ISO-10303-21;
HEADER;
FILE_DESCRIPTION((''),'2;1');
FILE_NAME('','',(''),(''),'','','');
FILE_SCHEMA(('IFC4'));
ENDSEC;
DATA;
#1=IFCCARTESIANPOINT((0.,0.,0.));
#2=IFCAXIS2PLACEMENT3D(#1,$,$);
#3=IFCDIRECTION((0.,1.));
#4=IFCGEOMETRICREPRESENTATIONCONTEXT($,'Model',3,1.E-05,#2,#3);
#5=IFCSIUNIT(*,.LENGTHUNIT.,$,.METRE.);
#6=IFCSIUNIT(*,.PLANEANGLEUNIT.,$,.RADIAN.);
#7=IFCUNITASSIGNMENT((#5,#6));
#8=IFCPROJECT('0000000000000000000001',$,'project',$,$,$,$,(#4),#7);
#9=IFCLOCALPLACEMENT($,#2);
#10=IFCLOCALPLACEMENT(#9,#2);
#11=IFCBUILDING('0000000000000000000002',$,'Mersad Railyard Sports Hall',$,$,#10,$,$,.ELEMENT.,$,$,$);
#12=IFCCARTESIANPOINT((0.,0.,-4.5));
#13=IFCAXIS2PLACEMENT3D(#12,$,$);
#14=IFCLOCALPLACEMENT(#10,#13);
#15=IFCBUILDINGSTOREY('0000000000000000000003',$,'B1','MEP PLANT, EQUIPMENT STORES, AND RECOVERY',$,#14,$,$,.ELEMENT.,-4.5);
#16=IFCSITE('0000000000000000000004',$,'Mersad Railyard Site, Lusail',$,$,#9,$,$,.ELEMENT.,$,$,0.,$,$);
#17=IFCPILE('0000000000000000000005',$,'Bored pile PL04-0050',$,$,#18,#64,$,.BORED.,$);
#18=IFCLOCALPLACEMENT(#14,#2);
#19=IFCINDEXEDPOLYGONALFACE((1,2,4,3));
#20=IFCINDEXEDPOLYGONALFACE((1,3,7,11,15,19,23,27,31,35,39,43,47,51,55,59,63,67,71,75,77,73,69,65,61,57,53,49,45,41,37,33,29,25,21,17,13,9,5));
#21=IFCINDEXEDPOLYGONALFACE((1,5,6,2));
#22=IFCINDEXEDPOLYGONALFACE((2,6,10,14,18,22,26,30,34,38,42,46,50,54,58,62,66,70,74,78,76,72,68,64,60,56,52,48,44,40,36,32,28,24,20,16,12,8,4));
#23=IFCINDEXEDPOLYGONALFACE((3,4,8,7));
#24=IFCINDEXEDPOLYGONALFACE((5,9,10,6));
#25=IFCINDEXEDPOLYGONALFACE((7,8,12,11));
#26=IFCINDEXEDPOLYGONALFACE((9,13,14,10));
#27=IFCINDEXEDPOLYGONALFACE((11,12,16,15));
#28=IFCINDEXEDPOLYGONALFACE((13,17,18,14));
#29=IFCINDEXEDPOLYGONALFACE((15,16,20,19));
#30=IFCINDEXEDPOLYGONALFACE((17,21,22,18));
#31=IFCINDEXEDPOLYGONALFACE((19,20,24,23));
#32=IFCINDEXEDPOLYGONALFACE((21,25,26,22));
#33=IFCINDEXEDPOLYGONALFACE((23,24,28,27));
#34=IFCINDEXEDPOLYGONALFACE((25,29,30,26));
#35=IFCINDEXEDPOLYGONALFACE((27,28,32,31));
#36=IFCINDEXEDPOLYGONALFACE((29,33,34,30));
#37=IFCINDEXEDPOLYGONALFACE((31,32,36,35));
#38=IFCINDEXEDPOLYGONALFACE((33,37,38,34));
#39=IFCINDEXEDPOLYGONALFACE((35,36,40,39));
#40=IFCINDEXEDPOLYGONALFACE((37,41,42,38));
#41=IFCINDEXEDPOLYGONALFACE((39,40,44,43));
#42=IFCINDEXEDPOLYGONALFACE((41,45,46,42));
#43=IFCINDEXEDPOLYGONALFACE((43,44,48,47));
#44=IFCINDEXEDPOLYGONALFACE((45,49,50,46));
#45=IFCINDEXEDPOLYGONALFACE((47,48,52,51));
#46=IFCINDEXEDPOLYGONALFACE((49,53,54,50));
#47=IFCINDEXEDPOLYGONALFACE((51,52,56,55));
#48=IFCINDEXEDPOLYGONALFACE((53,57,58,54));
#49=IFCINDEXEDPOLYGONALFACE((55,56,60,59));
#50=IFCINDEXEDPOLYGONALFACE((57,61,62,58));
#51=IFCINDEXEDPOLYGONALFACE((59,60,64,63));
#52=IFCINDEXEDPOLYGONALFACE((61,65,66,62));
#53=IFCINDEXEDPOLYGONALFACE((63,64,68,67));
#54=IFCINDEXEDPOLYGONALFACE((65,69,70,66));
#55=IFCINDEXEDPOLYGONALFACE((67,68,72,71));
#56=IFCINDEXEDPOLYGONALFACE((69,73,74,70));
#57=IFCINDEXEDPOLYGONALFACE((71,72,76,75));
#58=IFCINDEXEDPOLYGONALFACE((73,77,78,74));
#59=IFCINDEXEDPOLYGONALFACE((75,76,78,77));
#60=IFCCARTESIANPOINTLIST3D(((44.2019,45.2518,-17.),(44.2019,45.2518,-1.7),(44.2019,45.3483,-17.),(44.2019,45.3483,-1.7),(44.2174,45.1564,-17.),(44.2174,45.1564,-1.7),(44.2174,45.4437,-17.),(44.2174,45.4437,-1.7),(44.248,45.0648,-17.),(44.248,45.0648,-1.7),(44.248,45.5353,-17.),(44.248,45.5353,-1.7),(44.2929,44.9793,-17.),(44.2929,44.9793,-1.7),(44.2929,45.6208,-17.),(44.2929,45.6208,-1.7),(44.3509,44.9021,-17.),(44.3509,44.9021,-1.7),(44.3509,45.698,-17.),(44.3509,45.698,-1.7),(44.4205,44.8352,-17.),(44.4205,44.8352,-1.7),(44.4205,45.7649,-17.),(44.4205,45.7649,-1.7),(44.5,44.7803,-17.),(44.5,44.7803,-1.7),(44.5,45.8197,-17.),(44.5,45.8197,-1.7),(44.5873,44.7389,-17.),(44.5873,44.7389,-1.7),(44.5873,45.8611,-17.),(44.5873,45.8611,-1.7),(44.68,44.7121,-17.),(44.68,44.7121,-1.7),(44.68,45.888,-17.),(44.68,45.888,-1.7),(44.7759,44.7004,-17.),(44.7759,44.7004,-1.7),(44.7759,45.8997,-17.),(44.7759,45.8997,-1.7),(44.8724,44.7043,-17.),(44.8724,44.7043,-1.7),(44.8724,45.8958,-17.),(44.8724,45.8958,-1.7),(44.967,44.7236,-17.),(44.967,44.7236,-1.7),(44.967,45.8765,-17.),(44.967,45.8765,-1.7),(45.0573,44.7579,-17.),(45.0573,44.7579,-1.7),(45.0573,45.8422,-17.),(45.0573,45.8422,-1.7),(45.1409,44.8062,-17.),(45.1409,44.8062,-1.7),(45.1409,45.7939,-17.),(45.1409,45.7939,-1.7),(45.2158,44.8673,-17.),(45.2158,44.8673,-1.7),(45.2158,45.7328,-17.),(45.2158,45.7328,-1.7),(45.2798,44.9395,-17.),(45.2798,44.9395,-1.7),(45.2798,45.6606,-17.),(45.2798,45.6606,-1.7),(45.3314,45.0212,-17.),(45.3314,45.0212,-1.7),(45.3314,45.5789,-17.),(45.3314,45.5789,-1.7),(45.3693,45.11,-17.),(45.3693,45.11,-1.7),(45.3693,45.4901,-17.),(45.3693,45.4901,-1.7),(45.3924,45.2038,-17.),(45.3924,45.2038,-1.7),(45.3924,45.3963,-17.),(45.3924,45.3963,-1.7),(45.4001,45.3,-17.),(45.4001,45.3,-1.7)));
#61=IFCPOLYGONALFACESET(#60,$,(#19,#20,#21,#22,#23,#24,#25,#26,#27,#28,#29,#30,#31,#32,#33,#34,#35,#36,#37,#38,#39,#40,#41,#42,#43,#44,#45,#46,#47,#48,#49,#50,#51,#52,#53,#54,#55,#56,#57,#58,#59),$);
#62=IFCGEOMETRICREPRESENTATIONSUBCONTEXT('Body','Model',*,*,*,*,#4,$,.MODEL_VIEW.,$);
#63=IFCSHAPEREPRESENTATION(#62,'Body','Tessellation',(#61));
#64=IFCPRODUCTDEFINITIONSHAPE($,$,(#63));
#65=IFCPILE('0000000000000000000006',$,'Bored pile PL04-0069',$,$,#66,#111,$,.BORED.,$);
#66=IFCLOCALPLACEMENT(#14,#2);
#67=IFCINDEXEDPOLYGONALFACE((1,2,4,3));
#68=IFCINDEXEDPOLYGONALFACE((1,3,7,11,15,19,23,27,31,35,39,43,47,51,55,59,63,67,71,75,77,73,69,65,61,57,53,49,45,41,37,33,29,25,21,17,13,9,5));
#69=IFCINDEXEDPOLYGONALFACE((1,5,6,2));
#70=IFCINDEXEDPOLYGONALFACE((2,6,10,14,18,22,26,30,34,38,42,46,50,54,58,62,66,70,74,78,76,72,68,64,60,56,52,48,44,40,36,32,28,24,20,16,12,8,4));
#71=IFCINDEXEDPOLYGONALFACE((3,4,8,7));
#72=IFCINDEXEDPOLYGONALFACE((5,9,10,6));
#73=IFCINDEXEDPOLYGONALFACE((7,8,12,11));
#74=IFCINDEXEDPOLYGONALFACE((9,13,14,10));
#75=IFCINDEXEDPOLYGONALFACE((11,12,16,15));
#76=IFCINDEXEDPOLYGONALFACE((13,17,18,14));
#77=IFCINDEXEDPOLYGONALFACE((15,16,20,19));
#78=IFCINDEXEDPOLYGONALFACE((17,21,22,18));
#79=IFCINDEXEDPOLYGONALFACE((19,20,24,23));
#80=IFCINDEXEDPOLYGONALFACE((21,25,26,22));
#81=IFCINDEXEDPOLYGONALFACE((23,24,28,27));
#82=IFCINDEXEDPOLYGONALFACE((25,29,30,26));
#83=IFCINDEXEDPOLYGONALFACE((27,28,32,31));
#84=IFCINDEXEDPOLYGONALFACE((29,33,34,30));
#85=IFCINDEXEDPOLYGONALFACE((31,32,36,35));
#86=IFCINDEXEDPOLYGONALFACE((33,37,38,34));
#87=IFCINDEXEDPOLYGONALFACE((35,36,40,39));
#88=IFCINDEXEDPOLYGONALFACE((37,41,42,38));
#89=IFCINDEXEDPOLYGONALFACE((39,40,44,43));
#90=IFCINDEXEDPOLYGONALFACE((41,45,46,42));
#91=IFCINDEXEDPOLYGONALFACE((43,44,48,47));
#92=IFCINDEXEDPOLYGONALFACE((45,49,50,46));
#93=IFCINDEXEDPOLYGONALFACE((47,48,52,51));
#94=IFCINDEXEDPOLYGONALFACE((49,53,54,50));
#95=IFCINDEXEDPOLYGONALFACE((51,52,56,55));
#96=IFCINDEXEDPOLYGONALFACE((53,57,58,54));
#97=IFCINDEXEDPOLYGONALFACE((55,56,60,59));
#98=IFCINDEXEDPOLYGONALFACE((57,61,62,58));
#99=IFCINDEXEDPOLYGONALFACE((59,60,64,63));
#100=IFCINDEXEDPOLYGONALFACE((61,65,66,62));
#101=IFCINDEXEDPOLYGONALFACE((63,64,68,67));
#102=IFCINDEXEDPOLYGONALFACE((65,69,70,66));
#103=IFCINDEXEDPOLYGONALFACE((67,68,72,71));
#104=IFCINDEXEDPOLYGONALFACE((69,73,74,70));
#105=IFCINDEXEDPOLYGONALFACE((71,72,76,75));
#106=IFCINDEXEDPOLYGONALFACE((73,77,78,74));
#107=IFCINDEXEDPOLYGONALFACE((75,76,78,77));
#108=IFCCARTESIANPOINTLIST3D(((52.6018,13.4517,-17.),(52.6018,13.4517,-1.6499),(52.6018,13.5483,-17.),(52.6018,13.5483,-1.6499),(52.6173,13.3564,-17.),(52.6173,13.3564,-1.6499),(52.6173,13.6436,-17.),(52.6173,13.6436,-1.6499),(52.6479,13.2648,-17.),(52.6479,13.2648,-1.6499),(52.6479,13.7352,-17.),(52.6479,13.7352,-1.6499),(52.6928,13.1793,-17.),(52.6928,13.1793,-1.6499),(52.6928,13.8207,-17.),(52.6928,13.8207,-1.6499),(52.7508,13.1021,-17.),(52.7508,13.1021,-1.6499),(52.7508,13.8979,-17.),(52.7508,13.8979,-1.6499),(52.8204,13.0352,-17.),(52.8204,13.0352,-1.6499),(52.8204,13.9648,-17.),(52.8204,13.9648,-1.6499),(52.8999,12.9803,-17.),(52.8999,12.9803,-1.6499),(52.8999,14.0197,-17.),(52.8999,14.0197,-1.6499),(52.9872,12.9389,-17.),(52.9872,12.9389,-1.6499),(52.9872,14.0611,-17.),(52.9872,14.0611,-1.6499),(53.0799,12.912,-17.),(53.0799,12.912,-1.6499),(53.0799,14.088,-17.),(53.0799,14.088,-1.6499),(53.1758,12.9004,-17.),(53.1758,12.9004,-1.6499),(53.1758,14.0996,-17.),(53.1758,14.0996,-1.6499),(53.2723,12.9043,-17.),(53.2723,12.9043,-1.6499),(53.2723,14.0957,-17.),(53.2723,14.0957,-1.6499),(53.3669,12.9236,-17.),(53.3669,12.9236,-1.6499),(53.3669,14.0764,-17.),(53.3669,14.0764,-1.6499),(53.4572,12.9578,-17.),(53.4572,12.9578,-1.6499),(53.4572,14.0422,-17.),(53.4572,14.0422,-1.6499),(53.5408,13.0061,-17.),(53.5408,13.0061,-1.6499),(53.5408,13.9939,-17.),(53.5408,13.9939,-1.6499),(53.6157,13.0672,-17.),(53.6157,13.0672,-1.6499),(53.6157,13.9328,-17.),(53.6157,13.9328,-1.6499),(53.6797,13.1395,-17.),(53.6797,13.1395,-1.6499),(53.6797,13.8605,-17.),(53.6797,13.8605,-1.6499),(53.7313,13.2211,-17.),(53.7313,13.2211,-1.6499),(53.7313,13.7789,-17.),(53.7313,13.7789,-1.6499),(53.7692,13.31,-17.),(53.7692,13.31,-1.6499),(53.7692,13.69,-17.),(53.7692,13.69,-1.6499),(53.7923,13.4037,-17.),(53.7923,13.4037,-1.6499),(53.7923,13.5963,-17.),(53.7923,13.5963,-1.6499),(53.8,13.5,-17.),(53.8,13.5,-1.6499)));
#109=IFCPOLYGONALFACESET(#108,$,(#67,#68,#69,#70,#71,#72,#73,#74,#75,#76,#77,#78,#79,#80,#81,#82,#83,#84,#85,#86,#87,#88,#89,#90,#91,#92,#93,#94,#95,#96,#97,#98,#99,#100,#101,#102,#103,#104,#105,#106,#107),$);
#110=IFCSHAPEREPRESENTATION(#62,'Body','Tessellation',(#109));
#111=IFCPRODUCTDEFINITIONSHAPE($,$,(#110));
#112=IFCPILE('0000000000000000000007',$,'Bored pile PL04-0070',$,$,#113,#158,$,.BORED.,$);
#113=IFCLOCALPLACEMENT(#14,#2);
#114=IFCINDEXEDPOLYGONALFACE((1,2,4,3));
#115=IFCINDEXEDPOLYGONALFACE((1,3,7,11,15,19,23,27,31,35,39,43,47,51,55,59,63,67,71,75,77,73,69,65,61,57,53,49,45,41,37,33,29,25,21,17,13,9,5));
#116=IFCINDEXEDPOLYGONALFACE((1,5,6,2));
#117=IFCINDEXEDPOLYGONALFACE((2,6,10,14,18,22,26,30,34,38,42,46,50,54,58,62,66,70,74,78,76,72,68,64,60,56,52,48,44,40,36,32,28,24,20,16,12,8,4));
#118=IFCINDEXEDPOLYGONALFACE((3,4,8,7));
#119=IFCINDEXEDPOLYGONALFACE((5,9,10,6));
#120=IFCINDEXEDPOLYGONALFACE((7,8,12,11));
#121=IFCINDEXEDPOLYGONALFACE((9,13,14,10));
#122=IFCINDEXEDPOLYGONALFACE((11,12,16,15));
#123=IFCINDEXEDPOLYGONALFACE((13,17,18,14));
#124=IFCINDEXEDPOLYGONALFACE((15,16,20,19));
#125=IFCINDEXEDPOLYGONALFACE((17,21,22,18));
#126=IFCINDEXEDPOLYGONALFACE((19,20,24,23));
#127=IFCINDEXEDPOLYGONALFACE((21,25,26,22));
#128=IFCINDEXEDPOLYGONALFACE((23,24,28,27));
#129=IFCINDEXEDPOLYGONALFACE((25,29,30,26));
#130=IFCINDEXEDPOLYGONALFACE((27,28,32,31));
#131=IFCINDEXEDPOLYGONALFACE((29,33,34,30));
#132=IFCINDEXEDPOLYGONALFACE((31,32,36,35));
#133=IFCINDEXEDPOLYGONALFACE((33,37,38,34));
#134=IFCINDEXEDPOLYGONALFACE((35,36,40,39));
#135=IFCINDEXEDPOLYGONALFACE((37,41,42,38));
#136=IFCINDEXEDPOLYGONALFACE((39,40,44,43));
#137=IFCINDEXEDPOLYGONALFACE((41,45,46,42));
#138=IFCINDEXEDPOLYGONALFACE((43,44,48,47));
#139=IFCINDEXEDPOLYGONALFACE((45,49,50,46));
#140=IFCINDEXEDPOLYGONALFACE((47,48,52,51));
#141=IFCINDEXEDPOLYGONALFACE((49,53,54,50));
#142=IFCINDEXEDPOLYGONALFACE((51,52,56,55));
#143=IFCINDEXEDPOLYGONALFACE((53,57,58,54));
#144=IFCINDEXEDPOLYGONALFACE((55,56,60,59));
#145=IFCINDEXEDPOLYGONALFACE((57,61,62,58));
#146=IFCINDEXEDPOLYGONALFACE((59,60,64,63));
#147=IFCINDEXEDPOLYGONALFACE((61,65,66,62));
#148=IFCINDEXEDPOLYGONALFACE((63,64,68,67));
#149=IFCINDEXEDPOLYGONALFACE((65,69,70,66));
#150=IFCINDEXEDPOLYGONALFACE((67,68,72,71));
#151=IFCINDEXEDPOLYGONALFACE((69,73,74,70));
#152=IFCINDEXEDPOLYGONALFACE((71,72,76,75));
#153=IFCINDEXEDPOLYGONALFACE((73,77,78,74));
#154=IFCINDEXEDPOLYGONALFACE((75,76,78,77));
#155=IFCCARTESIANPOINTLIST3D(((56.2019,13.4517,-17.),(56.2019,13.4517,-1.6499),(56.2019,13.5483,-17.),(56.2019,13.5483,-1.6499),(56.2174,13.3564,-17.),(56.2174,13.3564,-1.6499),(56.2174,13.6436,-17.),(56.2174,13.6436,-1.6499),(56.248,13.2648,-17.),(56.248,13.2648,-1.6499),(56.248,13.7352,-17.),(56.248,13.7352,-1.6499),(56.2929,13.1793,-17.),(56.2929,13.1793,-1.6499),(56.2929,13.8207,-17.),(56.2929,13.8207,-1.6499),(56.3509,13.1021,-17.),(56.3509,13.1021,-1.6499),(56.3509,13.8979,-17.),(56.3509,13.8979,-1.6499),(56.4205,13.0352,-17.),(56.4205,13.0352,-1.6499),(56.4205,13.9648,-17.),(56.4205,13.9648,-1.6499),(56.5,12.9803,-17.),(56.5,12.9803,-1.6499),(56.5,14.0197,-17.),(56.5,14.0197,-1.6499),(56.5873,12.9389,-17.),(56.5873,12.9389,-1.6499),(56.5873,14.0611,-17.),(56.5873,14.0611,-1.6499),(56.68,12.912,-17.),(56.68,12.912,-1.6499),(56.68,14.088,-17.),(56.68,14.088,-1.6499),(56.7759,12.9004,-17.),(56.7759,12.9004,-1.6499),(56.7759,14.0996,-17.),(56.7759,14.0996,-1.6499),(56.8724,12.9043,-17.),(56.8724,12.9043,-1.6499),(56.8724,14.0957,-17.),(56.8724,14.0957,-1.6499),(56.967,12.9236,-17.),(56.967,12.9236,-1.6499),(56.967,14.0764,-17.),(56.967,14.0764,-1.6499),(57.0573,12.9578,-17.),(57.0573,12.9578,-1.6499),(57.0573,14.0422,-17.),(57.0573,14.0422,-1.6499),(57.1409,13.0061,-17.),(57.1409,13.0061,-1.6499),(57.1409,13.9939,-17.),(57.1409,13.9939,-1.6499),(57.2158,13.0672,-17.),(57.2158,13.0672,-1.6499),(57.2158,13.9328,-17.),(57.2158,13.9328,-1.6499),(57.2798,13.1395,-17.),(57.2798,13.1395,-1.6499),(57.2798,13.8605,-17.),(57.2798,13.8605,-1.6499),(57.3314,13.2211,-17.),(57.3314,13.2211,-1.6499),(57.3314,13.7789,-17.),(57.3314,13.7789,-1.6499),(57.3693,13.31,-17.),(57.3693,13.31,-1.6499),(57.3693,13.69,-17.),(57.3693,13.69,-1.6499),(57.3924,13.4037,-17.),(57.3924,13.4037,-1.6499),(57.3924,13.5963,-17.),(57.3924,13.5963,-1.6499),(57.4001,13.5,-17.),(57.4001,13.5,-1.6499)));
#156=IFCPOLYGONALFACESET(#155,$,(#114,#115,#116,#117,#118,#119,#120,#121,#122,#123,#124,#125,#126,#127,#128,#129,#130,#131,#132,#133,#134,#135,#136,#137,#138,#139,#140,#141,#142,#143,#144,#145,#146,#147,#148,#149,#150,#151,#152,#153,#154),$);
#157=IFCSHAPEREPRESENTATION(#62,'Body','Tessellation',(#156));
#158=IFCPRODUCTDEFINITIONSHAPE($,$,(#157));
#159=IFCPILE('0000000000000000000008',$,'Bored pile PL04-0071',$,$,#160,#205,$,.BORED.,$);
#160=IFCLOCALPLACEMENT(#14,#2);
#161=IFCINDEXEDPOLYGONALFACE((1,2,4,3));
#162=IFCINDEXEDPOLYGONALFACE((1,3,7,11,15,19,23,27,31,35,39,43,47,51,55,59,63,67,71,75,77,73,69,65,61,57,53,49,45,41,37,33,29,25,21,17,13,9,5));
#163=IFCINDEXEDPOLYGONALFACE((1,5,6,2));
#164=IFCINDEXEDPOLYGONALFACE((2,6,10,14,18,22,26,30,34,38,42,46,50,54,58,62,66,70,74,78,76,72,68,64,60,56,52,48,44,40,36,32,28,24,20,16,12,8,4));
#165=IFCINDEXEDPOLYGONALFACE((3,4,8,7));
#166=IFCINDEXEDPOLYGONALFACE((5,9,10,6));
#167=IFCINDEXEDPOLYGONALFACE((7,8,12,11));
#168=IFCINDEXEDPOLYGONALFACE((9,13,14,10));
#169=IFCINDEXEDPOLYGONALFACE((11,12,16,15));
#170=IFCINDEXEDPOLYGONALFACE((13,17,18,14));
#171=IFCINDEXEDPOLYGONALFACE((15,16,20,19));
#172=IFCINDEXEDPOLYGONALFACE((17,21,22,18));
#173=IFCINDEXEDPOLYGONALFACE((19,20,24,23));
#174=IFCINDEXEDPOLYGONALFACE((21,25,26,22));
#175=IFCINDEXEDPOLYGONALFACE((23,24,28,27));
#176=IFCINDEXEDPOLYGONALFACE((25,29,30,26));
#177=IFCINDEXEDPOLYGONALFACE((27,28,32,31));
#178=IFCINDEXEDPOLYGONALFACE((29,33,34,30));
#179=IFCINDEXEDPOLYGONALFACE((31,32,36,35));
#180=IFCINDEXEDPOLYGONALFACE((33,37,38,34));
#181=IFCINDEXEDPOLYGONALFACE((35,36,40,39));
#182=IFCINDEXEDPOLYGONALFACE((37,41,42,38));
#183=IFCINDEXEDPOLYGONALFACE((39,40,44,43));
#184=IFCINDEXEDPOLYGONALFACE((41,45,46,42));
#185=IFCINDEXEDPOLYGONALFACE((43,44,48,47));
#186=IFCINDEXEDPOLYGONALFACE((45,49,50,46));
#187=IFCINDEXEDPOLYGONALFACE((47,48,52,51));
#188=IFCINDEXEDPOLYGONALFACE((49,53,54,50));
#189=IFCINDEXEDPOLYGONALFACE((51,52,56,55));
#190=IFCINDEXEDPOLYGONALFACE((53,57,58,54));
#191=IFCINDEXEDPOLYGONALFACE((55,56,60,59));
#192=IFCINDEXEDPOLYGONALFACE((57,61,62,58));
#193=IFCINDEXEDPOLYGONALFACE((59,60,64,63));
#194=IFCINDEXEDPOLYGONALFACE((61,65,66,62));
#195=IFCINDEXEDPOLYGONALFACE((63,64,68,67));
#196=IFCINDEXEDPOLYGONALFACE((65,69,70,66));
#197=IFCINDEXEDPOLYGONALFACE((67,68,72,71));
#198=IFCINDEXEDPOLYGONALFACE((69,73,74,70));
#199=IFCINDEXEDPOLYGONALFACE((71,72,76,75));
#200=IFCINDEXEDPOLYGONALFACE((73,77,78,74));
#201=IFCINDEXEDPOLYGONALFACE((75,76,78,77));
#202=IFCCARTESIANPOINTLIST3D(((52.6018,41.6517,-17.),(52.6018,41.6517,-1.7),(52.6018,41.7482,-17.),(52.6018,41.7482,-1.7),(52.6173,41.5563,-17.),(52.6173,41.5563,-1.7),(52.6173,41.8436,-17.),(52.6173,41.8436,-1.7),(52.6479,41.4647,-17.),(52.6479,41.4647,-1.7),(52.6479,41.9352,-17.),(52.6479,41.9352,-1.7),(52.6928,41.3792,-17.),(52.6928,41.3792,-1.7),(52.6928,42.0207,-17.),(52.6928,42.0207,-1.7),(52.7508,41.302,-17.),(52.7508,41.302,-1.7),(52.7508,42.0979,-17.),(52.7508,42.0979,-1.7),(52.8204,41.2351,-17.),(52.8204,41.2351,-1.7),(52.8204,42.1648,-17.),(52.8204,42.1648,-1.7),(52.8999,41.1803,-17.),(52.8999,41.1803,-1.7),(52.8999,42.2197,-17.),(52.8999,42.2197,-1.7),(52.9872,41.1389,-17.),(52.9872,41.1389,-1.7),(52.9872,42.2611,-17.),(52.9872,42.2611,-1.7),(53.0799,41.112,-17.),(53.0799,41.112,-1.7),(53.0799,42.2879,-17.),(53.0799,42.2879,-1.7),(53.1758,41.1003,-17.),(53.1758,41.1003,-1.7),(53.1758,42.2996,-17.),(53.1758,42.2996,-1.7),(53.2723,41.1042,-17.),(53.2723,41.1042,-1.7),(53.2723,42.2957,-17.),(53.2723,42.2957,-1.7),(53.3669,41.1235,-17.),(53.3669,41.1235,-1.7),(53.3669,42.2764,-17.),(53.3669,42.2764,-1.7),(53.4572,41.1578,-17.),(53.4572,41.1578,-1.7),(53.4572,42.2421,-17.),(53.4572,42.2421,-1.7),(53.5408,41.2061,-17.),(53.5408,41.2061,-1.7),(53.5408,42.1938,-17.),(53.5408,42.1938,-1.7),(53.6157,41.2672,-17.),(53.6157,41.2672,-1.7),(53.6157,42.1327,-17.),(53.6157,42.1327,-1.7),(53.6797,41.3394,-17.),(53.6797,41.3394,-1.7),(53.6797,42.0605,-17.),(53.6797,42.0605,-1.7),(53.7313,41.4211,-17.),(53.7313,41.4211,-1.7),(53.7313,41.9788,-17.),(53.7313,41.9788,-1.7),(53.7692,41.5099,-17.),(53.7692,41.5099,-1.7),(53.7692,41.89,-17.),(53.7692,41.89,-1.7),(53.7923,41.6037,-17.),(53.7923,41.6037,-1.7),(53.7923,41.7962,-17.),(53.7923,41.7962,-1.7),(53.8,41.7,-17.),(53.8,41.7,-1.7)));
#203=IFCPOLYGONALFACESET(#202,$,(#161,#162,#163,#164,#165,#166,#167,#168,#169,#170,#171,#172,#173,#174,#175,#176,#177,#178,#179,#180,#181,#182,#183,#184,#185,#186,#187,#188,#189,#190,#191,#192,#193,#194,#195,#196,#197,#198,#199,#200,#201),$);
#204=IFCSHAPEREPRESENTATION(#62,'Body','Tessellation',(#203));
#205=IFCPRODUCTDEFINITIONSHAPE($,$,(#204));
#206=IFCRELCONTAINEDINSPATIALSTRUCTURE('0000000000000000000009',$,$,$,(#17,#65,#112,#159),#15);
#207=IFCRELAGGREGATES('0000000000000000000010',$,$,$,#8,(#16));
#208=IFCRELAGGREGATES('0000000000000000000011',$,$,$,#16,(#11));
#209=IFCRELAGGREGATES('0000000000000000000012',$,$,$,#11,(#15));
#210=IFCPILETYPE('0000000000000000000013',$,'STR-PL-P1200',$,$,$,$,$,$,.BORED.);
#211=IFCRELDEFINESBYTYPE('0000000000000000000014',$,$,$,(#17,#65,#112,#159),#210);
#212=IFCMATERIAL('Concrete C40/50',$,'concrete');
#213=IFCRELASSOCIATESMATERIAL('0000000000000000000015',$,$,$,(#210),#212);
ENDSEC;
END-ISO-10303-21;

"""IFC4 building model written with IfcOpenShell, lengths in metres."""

from ifc_helpers import new_model, si_unit, direction, frame, origin, origin_2d, place, context, subcontext, project, spatial, circle, extrude, material, material_profile, profile_set, type_object, element, save


model = new_model("IFC4")

# Units and contexts
model_context = context("Model", 3, precision=1e-05, world=origin(), true_north=direction((0.0, 1.0)))
body_context = subcontext(model_context, "Body", "Model", "MODEL_VIEW")
ifc_project = project(units=[si_unit("LENGTHUNIT", "METRE"), si_unit("PLANEANGLEUNIT", "RADIAN")], contexts=[model_context])

# Site, building, storey
site_placement = place(None, origin())
site = spatial("IfcSite", under=ifc_project, at=site_placement, Name="Mersad Railyard Site, Lusail", CompositionType="ELEMENT", RefElevation=0.0)
building_placement = place(site_placement, origin())
building = spatial("IfcBuilding", under=site, at=building_placement, Name="Mersad Railyard Sports Hall", CompositionType="ELEMENT")
storey_placement = place(building_placement, frame((0.0, 0.0, -4.5)))
storey = spatial("IfcBuildingStorey", under=building, at=storey_placement, Name="B1", Description="MEP PLANT, EQUIPMENT STORES, AND RECOVERY", CompositionType="ELEMENT", Elevation=-4.5)

# Shared definitions
ifc_material_1 = material(Name="Concrete C40/50", Category="concrete")

# Piles
ifc_material_profile_1 = material_profile(ifc_material_1, circle(Radius=0.6001, at=origin_2d()), Name="BORED PILE D1200")
ifc_profile_set_1 = profile_set([ifc_material_profile_1], Name="Concrete C40/50")
pile_type_1 = type_object("IfcPileType", Name="STR-PL-P1200", PredefinedType="BORED", material=ifc_profile_set_1)
for number, where, z_axis, x_axis, name in (
    (1, (44.8, 45.3, -1.7), (0.0, 0.0, -1.0), (1.0, 0.0, 0.0), "Bored pile PL04-0050"),
):
    element("IfcPile", number, at=place(storey_placement, frame(where, z_axis=z_axis, x_axis=x_axis)), inside=storey, type_object=pile_type_1, Name=name, PredefinedType="BORED", context=body_context, shape_type="SweptSolid", body=[
        extrude(circle(Radius=0.6001, at=origin_2d()), origin(), (0.0, 0.0, 1.0), 15.3),
    ])
for number, where, z_axis, x_axis, name in (
    (2, (53.2, 13.5, -1.6499), (0.0, 0.0, -1.0), (1.0, 0.0, 0.0), "Bored pile PL04-0069"),
    (3, (56.8, 13.5, -1.6499), (0.0, 0.0, -1.0), (1.0, 0.0, 0.0), "Bored pile PL04-0070"),
):
    element("IfcPile", number, at=place(storey_placement, frame(where, z_axis=z_axis, x_axis=x_axis)), inside=storey, type_object=pile_type_1, Name=name, PredefinedType="BORED", context=body_context, shape_type="SweptSolid", body=[
        extrude(circle(Radius=0.6001, at=origin_2d()), origin(), (0.0, 0.0, 1.0), 15.3501),
    ])
for number, where, z_axis, x_axis, name in (
    (4, (53.2, 41.7, -1.7), (0.0, 0.0, -1.0), (1.0, 0.0, 0.0), "Bored pile PL04-0071"),
):
    element("IfcPile", number, at=place(storey_placement, frame(where, z_axis=z_axis, x_axis=x_axis)), inside=storey, type_object=pile_type_1, Name=name, PredefinedType="BORED", context=body_context, shape_type="SweptSolid", body=[
        extrude(circle(Radius=0.6001, at=origin_2d()), origin(), (0.0, 0.0, 1.0), 15.3),
    ])

save(model, "model.ifc")
